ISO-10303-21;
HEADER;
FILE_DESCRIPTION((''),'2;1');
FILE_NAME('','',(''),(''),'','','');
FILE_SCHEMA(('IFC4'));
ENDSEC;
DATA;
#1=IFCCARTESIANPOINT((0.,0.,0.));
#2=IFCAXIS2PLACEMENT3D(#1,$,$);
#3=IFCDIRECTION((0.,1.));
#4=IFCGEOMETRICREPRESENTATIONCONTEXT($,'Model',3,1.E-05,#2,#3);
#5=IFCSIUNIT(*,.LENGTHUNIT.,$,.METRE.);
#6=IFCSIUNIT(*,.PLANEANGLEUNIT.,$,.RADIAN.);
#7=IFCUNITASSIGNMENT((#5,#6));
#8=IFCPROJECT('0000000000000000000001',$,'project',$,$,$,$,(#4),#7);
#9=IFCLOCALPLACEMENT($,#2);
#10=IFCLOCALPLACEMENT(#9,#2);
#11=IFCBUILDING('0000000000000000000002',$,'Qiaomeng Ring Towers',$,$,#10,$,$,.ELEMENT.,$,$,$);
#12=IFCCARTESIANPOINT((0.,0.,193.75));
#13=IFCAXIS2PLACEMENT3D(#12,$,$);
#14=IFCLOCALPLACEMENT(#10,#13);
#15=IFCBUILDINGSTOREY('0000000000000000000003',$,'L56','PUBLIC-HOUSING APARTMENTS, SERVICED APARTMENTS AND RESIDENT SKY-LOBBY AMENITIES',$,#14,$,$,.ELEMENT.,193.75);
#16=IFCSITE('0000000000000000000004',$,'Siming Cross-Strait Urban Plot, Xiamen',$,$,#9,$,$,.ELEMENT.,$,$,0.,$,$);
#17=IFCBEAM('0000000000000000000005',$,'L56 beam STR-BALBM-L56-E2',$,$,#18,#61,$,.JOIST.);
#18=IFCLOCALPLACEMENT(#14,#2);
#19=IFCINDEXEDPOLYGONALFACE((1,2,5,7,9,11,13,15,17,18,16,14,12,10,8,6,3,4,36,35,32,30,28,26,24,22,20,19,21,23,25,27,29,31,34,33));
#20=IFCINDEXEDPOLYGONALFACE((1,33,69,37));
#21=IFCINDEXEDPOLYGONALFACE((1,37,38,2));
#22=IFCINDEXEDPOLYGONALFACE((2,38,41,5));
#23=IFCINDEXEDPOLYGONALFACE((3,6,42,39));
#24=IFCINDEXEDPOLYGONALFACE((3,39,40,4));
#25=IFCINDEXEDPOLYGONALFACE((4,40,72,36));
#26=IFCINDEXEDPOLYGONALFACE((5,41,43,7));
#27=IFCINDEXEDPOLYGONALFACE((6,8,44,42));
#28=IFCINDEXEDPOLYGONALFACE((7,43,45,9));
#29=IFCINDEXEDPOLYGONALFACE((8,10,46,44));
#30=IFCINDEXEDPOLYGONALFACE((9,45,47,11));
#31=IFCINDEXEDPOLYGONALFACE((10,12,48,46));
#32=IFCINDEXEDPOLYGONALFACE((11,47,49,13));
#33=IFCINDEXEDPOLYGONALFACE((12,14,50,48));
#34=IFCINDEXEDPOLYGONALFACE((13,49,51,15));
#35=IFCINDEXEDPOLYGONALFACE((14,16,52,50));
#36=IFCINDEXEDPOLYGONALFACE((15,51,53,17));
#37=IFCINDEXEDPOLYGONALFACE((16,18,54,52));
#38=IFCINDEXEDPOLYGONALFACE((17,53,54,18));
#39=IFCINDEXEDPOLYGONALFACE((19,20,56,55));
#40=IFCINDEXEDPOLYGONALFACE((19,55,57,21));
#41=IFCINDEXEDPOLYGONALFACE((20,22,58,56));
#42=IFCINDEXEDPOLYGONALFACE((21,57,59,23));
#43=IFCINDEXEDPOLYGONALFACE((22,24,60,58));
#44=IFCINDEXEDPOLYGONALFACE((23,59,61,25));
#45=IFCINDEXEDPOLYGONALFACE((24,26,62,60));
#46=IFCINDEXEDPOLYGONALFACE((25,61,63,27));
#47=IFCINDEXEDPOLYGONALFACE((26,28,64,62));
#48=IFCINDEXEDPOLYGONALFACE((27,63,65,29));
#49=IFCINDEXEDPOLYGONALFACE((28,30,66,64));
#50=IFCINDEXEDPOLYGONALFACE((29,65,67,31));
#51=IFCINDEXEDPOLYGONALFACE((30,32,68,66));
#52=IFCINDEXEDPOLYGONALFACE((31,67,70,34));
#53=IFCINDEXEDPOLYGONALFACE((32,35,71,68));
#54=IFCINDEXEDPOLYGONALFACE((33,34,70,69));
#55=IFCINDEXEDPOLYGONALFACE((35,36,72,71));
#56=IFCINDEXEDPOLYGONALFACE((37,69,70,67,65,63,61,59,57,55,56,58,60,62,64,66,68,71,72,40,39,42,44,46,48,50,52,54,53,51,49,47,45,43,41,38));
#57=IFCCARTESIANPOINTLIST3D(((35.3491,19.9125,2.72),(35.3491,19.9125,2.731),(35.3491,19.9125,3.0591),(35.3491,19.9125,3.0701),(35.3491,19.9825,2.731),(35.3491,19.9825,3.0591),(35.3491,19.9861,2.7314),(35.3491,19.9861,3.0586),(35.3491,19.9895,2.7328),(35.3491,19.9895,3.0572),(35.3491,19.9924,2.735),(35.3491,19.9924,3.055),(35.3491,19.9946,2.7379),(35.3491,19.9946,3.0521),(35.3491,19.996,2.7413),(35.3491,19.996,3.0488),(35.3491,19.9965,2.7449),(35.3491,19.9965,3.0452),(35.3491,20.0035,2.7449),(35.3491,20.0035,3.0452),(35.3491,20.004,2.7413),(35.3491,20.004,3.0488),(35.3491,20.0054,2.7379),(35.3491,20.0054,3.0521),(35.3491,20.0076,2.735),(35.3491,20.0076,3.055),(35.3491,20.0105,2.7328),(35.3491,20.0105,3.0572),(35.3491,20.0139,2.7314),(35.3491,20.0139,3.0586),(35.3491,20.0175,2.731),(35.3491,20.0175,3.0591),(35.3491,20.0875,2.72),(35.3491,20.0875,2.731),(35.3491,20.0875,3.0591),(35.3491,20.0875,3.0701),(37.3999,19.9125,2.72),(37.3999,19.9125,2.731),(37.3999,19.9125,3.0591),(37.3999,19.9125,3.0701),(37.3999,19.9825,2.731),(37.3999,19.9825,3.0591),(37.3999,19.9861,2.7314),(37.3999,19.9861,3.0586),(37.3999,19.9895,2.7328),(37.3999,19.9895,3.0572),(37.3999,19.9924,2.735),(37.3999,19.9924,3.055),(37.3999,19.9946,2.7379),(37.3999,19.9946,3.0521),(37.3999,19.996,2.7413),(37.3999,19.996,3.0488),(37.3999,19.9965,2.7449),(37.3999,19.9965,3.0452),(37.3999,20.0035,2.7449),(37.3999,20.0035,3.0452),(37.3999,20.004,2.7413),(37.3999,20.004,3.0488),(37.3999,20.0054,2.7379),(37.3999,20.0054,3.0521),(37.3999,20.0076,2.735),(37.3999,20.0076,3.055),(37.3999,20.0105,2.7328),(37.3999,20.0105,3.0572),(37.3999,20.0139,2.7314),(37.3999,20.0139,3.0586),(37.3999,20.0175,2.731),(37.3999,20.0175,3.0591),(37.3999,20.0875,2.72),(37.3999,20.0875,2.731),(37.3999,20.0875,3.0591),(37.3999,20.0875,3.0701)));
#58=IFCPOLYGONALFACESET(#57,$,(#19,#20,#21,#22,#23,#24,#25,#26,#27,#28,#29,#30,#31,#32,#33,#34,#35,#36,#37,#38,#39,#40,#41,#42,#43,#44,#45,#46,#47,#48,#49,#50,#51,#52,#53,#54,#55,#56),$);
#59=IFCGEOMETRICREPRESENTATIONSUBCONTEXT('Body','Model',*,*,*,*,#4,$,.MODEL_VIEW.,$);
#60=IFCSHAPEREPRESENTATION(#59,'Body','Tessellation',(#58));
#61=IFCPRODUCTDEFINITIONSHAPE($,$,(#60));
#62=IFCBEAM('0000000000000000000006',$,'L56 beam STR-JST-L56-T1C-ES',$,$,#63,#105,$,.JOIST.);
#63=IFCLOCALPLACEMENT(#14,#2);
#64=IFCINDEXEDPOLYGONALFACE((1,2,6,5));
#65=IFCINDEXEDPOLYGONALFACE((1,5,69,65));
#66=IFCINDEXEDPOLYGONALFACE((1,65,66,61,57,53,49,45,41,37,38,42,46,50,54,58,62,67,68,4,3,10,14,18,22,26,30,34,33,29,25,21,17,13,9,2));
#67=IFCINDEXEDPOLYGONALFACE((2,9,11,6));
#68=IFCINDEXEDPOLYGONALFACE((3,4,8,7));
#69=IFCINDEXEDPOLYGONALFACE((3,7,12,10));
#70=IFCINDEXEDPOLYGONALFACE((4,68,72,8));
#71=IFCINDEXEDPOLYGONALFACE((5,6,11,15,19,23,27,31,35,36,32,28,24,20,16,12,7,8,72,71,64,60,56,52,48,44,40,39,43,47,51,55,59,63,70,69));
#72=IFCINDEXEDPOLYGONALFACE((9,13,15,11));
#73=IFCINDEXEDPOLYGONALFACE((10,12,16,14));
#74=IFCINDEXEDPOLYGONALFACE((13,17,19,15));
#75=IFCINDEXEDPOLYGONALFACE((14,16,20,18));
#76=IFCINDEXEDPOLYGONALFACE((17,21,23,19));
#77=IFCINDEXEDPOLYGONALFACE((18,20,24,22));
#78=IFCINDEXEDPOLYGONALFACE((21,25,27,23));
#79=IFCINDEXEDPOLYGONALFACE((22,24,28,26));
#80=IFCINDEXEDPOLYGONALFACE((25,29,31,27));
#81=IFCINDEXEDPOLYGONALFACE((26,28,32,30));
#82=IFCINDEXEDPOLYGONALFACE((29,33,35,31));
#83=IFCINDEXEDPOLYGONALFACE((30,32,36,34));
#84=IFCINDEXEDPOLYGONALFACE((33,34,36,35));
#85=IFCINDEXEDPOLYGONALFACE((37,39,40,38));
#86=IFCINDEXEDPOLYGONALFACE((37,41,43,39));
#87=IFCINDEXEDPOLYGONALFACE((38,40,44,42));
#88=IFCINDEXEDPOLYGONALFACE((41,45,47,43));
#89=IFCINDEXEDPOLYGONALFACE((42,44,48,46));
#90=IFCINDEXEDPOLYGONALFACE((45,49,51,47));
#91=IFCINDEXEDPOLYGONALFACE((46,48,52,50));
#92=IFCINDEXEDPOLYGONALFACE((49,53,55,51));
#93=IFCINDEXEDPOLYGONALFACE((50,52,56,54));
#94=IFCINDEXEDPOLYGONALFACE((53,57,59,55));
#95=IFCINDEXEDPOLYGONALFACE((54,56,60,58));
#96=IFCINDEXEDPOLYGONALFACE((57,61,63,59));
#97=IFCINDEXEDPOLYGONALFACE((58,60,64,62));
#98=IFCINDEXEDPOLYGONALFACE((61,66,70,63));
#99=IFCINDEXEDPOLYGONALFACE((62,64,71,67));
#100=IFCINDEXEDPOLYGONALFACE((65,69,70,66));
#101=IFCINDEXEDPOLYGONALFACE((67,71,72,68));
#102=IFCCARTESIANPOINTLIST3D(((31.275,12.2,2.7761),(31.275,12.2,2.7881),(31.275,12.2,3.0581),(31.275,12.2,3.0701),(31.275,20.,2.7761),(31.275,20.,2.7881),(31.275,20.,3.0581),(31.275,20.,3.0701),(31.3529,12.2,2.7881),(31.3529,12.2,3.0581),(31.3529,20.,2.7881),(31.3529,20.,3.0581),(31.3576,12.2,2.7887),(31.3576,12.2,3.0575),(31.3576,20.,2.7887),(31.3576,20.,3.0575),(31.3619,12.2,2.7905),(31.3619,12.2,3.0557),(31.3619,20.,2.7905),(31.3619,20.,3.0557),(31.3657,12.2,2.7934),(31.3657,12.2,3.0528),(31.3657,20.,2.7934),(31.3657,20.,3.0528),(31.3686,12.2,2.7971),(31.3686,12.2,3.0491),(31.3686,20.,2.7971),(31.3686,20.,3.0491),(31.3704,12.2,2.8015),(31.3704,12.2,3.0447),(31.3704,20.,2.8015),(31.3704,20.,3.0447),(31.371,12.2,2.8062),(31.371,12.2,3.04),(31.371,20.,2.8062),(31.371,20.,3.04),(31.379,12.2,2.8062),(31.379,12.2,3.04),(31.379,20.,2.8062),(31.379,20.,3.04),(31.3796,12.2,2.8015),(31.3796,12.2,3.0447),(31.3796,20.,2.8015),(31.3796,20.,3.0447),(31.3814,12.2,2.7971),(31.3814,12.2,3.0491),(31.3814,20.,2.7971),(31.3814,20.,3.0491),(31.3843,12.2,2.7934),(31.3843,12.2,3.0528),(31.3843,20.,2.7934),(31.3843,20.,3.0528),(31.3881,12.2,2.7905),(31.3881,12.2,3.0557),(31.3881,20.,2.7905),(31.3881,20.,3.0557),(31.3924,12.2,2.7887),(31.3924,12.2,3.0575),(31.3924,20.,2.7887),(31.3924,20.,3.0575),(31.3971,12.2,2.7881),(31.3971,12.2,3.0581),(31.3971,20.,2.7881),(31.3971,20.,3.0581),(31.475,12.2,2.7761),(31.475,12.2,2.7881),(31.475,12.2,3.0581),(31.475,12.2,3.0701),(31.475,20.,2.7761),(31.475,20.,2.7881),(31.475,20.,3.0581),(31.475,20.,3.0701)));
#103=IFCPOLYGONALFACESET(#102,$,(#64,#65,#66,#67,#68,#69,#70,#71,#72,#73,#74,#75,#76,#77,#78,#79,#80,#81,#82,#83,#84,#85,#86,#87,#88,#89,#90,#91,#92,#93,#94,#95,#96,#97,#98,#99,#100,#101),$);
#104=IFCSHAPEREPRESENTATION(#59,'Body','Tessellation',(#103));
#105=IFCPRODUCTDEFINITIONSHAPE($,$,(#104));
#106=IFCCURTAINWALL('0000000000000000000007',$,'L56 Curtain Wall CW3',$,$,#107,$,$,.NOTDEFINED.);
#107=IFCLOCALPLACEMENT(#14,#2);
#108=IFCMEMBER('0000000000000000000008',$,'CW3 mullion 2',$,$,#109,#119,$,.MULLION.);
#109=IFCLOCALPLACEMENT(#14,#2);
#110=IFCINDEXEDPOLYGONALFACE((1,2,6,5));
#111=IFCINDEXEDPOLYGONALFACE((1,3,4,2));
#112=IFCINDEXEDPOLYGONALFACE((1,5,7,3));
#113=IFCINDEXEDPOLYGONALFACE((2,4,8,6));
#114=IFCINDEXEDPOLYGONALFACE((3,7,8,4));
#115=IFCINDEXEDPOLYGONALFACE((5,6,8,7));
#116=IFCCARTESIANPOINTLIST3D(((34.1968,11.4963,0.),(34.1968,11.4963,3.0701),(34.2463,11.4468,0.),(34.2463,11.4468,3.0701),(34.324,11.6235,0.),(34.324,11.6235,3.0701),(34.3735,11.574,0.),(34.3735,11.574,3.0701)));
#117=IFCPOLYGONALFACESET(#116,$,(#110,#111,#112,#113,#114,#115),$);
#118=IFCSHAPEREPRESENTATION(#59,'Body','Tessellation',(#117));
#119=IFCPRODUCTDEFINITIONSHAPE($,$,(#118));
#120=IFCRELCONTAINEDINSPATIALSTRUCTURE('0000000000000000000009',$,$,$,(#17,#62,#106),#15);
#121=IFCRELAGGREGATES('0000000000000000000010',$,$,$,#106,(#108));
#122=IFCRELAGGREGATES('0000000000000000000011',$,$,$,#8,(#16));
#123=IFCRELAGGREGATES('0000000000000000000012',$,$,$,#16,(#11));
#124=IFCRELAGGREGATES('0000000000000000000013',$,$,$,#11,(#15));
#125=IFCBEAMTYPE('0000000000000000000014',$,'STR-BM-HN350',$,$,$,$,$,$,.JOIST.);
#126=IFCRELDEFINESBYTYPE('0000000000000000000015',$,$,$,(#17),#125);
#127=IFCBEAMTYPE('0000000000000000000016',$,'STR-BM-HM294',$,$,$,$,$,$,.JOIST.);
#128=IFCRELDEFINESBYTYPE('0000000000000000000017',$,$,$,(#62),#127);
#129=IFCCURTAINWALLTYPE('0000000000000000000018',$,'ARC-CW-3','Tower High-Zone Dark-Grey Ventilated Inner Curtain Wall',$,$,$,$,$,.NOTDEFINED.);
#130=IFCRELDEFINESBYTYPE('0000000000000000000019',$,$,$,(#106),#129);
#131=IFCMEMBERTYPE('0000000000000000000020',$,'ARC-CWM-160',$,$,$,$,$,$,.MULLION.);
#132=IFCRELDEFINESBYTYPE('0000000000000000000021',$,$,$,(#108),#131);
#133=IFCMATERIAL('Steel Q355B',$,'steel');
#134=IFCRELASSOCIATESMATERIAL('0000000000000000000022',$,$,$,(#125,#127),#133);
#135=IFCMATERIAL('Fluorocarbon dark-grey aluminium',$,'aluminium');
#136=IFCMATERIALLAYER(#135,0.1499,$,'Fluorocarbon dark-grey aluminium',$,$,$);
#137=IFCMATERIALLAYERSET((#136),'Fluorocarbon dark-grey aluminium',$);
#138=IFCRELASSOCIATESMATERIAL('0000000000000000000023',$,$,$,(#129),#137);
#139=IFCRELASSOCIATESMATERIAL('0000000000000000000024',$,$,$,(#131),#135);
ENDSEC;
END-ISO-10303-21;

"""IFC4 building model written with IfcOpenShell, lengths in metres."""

from ifc_helpers import new_model, si_unit, direction, frame, origin, origin_2d, place, context, subcontext, project, spatial, rectangle, i_section, extrude, source, transform, mapped, material, layer, layer_set, material_profile, profile_set, type_object, element, aggregate, save


model = new_model("IFC4")

# Units and contexts
model_context = context("Model", 3, precision=1e-05, world=origin(), true_north=direction((0.0, 1.0)))
body_context = subcontext(model_context, "Body", "Model", "MODEL_VIEW")
ifc_project = project(units=[si_unit("LENGTHUNIT", "METRE"), si_unit("PLANEANGLEUNIT", "RADIAN")], contexts=[model_context])

# Site, building, storey
site_placement = place(None, origin())
site = spatial("IfcSite", under=ifc_project, at=site_placement, Name="Siming Cross-Strait Urban Plot, Xiamen", CompositionType="ELEMENT", RefElevation=0.0)
building_placement = place(site_placement, origin())
building = spatial("IfcBuilding", under=site, at=building_placement, Name="Qiaomeng Ring Towers", CompositionType="ELEMENT")
storey_placement = place(building_placement, frame((0.0, 0.0, 193.75)))
storey = spatial("IfcBuildingStorey", under=building, at=storey_placement, Name="L56", Description="PUBLIC-HOUSING APARTMENTS, SERVICED APARTMENTS AND RESIDENT SKY-LOBBY AMENITIES", CompositionType="ELEMENT", Elevation=193.75)

# Beams
ifc_material_1 = material(Name="Steel Q355B", Category="steel")
ifc_material_profile_1 = material_profile(ifc_material_1, i_section(OverallWidth=0.175, OverallDepth=0.3501, WebThickness=0.0071, FlangeThickness=0.011, FilletRadius=0.0139, at=origin_2d()), Name="HN 350x175x7x11")
ifc_profile_set_1 = profile_set([ifc_material_profile_1], Name="Steel Q355B")
beam_type_1 = type_object("IfcBeamType", Name="STR-BM-HN350", PredefinedType="JOIST", material=ifc_profile_set_1)
shared_shape_1 = source(origin(), body_context, "Body", "SweptSolid", [
    extrude(i_section(OverallWidth=0.175, OverallDepth=0.3501, WebThickness=0.0071, FlangeThickness=0.011, FilletRadius=0.0139, at=origin_2d()), origin(), (0.0, 0.0, 1.0), 2.0508),
])
beam_1_placement = place(storey_placement, frame((35.3491, 20.0, 2.895), z_axis=(1.0, 0.0, 0.0), x_axis=(0.0, 1.0, 0.0)))
element("IfcBeam", 1, at=beam_1_placement, inside=storey, type_object=beam_type_1, Name="L56 beam STR-BALBM-L56-E2", PredefinedType="JOIST", context=body_context, shape_type="MappedRepresentation", body=[
    mapped(shared_shape_1, transform((0.0, 0.0, 0.0), x_axis=(1.0, 0.0, 0.0), y_axis=(0.0, 1.0, 0.0), z_axis=(0.0, 0.0, 1.0), scale=1.0)),
])
ifc_material_profile_2 = material_profile(ifc_material_1, i_section(OverallWidth=0.2, OverallDepth=0.2939, WebThickness=0.0081, FlangeThickness=0.012, FilletRadius=0.0181, at=origin_2d()), Name="HM 294x200x8x12")
ifc_profile_set_2 = profile_set([ifc_material_profile_2], Name="Steel Q355B")
beam_type_2 = type_object("IfcBeamType", Name="STR-BM-HM294", PredefinedType="JOIST", material=ifc_profile_set_2)
shared_shape_2 = source(origin(), body_context, "Body", "SweptSolid", [
    extrude(i_section(OverallWidth=0.2, OverallDepth=0.2939, WebThickness=0.0081, FlangeThickness=0.012, FilletRadius=0.0181, at=origin_2d()), origin(), (0.0, 0.0, 1.0), 7.8),
])
beam_2_placement = place(storey_placement, frame((31.375, 12.2, 2.9231), z_axis=(0.0, 1.0, 0.0), x_axis=(-1.0, 0.0, 0.0)))
element("IfcBeam", 2, at=beam_2_placement, inside=storey, type_object=beam_type_2, Name="L56 beam STR-JST-L56-T1C-ES", PredefinedType="JOIST", context=body_context, shape_type="MappedRepresentation", body=[
    mapped(shared_shape_2, transform((0.0, 0.0, 0.0), x_axis=(1.0, 0.0, 0.0), y_axis=(0.0, 1.0, 0.0), z_axis=(0.0, 0.0, 1.0), scale=1.0)),
])

# Curtain wall, member
ifc_material_2 = material(Name="Fluorocarbon dark-grey aluminium", Category="aluminium")
ifc_layer_1 = layer(ifc_material_2, 0.1499, Name="Fluorocarbon dark-grey aluminium")
ifc_layer_set_1 = layer_set([ifc_layer_1], Name="Fluorocarbon dark-grey aluminium")
curtain_wall_type = type_object("IfcCurtainWallType", Name="ARC-CW-3", Description="Tower High-Zone Dark-Grey Ventilated Inner Curtain Wall", PredefinedType="NOTDEFINED", material=ifc_layer_set_1)
curtain_wall_placement = place(storey_placement, origin())
curtain_wall = element("IfcCurtainWall", 3, at=curtain_wall_placement, inside=storey, type_object=curtain_wall_type, Name="L56 Curtain Wall CW3", PredefinedType="NOTDEFINED")
ifc_material_profile_3 = material_profile(ifc_material_2, rectangle(XDim=0.0701, YDim=0.1799, at=origin_2d()), Name="ALU MULL 70x180")
ifc_profile_set_3 = profile_set([ifc_material_profile_3], Name="Fluorocarbon dark-grey aluminium")
member_type = type_object("IfcMemberType", Name="ARC-CWM-160", PredefinedType="MULLION", material=ifc_profile_set_3)
shared_shape_3 = source(origin(), body_context, "Body", "SweptSolid", [
    extrude(rectangle(XDim=0.0701, YDim=0.1799, at=origin_2d()), origin(), (0.0, 0.0, 1.0), 3.0701),
])
member_placement = place(storey_placement, frame((34.2852, 11.5352, 0.0), z_axis=(0.0, 0.0, 1.0), x_axis=(-0.707107, 0.707107, 0.0)))
member = element("IfcMember", 4, at=member_placement, type_object=member_type, Name="CW3 mullion 2", PredefinedType="MULLION", context=body_context, shape_type="MappedRepresentation", body=[
    mapped(shared_shape_3, transform((0.0, 0.0, 0.0), x_axis=(1.0, 0.0, 0.0), y_axis=(0.0, 1.0, 0.0), z_axis=(0.0, 0.0, 1.0), scale=1.0)),
])
aggregate(curtain_wall, [member])

save(model, "model.ifc")
